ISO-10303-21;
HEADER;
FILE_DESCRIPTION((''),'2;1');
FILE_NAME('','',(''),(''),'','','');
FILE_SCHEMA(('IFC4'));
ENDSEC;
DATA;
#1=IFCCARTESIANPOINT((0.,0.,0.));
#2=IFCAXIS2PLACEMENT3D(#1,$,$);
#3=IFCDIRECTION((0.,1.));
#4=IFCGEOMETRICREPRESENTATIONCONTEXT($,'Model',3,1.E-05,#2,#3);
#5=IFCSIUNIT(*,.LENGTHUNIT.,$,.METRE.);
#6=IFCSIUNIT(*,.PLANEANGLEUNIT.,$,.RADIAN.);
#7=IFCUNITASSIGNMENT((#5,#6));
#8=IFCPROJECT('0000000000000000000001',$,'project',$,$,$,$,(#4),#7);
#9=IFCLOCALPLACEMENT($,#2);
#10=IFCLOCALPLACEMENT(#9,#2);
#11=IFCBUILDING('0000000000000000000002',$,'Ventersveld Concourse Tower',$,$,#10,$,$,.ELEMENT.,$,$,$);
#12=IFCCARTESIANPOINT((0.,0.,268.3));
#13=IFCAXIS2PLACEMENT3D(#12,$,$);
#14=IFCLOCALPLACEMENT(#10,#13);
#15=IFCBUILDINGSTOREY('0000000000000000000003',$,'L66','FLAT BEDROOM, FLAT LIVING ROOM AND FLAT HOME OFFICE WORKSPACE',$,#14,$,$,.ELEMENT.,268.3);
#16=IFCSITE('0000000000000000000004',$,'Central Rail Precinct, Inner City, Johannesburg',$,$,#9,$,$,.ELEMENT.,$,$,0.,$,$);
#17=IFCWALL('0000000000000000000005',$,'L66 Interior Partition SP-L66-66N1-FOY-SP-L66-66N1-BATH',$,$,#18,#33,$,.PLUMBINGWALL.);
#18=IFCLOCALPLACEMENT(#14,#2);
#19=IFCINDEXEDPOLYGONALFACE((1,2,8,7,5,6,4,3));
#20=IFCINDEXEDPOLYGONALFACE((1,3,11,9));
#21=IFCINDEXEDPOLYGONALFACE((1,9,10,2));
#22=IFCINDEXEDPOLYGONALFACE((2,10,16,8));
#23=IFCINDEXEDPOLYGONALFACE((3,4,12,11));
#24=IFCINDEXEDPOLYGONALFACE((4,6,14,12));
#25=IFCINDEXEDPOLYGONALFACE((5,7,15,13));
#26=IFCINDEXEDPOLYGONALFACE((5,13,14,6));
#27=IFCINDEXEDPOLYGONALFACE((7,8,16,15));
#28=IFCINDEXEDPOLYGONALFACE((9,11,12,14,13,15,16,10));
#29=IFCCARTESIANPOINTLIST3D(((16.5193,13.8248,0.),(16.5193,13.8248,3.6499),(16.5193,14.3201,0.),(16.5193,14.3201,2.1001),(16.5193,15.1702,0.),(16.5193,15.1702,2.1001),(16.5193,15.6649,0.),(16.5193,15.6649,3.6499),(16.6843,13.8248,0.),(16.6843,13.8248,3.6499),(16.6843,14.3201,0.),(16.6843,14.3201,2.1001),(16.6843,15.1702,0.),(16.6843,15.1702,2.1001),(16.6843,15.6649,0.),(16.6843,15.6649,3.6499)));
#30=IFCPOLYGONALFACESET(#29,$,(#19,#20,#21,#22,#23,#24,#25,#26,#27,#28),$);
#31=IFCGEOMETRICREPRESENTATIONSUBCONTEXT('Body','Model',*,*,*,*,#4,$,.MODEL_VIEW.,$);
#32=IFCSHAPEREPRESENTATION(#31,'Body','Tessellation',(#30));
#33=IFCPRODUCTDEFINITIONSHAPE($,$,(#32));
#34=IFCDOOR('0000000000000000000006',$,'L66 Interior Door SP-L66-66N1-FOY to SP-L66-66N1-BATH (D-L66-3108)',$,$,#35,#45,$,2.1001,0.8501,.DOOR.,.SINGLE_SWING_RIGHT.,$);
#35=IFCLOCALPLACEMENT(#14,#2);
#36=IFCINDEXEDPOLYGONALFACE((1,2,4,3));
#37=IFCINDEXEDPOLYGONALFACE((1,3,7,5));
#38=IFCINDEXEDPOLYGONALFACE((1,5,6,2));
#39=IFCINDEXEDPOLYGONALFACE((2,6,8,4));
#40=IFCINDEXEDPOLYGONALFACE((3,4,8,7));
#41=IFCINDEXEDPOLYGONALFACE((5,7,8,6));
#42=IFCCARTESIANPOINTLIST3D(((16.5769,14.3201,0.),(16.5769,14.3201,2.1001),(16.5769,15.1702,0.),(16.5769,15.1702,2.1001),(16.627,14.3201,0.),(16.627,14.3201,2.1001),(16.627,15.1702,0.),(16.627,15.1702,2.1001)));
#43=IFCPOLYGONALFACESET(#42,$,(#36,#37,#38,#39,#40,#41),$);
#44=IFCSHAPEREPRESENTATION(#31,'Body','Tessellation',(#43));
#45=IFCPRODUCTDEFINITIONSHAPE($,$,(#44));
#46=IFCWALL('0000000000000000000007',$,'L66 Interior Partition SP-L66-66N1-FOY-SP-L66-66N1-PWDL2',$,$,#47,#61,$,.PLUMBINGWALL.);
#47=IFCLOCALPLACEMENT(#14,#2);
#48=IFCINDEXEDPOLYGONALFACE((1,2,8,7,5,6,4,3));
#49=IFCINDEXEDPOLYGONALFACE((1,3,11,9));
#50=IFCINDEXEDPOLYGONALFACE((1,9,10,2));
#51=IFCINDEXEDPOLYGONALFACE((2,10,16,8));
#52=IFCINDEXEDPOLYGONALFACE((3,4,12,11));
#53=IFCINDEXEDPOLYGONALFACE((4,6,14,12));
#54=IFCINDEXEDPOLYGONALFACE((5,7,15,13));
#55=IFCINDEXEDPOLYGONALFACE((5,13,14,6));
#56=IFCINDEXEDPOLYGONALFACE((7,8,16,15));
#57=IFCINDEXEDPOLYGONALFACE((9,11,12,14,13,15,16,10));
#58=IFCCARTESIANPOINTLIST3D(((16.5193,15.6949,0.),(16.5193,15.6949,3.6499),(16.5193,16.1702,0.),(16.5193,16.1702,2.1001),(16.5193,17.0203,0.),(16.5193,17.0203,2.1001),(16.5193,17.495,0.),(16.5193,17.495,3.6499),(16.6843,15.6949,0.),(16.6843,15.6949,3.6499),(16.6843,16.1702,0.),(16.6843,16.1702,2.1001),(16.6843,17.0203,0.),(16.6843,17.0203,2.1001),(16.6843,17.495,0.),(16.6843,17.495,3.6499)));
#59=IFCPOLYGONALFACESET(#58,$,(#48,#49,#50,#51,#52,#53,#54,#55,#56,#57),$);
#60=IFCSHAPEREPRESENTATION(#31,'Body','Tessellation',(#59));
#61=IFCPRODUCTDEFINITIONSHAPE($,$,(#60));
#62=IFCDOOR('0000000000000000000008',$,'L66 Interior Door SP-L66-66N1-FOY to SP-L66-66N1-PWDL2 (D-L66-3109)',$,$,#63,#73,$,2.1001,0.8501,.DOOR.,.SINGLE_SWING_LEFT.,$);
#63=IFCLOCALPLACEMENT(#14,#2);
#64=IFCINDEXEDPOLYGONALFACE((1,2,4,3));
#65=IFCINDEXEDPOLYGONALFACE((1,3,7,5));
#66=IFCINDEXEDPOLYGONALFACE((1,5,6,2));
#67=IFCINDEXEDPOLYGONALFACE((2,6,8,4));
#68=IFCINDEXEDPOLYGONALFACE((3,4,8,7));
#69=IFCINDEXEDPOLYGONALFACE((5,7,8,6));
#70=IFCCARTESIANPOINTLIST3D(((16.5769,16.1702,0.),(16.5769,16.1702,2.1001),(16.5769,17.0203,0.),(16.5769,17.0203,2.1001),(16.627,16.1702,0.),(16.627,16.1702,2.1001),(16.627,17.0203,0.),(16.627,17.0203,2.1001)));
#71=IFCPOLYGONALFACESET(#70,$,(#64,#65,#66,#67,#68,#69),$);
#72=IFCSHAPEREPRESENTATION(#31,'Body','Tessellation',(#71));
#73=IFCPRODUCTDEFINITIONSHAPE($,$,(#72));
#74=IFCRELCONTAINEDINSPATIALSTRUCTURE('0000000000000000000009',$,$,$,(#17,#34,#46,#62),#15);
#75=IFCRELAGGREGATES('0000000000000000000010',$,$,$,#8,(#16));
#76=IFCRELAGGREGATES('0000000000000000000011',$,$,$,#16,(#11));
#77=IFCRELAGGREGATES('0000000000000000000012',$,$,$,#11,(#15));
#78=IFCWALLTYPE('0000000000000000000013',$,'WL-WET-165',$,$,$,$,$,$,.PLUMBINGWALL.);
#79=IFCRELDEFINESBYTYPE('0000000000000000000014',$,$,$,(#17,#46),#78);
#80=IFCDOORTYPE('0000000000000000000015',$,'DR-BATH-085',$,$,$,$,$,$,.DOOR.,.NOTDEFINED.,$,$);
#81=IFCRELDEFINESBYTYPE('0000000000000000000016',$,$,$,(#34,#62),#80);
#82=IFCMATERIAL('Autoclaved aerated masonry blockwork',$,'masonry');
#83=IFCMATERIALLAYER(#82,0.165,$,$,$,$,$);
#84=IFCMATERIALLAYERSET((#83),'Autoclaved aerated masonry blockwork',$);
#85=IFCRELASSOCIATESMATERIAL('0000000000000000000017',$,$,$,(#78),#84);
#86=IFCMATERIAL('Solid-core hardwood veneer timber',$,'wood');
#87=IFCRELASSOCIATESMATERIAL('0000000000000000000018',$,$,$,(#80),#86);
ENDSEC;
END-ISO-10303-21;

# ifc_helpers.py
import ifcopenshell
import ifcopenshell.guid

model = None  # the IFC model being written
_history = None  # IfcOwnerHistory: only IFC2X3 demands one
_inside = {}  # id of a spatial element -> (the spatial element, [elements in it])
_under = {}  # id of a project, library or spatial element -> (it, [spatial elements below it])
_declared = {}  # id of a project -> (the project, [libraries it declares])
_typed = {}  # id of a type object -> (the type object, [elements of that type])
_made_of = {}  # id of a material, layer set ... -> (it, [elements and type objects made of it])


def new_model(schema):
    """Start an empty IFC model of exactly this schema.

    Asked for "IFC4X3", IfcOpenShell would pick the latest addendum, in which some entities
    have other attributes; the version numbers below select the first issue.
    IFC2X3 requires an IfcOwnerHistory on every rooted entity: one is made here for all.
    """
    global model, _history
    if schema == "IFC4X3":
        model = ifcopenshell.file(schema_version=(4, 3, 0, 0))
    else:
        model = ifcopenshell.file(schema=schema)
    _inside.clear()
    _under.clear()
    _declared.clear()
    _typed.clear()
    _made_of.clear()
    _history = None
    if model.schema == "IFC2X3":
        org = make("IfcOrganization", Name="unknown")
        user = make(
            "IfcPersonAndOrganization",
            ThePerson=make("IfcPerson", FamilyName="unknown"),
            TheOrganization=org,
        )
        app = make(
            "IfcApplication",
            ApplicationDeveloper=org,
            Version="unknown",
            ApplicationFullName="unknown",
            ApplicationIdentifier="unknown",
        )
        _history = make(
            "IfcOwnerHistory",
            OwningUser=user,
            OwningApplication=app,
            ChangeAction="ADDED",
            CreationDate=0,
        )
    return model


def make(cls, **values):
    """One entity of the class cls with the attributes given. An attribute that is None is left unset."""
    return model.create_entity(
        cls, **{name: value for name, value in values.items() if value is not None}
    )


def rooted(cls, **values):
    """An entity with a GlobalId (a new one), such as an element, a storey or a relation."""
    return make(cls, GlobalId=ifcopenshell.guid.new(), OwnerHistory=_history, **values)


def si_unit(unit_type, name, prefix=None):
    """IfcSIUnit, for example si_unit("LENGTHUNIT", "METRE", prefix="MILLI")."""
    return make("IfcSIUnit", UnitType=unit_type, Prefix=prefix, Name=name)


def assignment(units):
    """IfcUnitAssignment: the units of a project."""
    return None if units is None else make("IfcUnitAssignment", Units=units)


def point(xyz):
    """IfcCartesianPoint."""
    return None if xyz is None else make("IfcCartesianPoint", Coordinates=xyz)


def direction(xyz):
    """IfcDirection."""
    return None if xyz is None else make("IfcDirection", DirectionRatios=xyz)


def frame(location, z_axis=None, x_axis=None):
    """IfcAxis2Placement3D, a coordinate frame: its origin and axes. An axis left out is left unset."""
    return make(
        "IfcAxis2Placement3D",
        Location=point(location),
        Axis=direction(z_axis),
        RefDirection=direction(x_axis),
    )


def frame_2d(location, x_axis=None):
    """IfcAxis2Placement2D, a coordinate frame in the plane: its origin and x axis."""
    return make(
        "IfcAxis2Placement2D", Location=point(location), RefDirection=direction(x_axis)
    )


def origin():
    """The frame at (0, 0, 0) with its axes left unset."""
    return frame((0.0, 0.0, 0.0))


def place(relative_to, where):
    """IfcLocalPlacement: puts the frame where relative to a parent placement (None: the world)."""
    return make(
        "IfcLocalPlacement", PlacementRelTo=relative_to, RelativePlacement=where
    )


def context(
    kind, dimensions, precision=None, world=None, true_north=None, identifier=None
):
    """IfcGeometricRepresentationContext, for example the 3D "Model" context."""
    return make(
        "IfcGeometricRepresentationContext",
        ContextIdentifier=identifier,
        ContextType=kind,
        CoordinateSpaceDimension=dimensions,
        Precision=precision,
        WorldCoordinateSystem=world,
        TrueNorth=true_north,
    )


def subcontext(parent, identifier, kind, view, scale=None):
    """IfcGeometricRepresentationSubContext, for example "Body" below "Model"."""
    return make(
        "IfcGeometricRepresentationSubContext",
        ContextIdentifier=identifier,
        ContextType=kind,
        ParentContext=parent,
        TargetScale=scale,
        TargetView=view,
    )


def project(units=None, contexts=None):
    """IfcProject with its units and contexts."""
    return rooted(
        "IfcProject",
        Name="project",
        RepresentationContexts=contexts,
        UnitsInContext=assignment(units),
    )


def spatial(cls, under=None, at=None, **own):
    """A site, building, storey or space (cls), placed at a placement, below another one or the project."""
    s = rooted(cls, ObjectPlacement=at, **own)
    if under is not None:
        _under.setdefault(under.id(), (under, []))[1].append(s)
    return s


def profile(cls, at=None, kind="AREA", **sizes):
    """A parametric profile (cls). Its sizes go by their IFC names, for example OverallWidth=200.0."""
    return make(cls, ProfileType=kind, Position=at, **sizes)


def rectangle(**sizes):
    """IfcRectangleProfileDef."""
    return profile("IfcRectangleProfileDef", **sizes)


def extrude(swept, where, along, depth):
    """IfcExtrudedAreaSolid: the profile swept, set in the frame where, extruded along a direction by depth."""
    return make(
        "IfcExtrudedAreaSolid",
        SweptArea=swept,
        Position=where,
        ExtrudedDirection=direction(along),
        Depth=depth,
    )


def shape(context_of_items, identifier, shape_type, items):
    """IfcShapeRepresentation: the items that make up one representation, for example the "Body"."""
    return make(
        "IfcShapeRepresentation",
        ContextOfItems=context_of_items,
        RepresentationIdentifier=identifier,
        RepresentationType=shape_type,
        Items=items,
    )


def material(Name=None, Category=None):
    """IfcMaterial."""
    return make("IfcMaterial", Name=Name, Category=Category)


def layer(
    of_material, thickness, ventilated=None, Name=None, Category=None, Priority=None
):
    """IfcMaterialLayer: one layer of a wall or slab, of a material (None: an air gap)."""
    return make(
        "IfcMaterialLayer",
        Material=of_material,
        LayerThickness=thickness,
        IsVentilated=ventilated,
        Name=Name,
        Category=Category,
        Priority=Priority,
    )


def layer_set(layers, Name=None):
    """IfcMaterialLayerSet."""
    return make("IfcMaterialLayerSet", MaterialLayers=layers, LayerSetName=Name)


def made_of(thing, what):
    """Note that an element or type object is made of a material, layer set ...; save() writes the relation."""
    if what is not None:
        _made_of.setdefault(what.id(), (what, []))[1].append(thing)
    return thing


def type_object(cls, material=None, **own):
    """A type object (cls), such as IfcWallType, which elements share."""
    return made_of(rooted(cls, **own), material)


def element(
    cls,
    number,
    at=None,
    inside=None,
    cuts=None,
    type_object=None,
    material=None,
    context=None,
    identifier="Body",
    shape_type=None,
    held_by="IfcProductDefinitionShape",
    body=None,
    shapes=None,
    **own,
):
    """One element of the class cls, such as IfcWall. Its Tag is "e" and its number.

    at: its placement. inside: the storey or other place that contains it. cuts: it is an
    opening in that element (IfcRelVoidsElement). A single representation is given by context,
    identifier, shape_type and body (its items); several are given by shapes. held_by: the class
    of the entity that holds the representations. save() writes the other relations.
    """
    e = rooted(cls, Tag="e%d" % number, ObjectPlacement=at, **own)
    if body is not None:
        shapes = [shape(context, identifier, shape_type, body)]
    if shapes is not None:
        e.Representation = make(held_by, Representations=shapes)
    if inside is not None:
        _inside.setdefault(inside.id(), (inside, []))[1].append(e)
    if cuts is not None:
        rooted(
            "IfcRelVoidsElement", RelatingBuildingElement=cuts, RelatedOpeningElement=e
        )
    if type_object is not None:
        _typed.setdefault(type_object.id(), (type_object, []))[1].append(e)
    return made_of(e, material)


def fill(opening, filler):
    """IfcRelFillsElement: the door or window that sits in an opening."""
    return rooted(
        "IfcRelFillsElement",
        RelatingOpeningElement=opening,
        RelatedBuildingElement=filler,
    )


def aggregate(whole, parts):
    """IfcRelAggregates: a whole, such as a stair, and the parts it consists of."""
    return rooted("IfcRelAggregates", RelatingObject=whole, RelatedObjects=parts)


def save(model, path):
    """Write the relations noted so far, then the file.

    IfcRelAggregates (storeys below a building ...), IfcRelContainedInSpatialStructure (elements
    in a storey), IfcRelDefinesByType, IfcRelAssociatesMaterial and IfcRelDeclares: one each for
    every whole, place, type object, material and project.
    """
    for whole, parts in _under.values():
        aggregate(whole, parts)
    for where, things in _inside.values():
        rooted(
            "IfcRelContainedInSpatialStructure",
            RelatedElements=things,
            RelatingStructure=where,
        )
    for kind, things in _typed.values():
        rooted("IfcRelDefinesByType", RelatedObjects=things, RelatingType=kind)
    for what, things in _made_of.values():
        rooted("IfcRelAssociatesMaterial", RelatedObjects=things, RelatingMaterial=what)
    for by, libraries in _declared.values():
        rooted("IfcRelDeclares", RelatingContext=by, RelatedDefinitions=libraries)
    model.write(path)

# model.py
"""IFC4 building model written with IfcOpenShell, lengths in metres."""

from ifc_helpers import new_model, si_unit, direction, frame, frame_2d, origin, place, context, subcontext, project, spatial, rectangle, extrude, material, layer, layer_set, type_object, element, fill, save


model = new_model("IFC4")

# Units and contexts
model_context = context("Model", 3, precision=1e-05, world=origin(), true_north=direction((0.0, 1.0)))
body_context = subcontext(model_context, "Body", "Model", "MODEL_VIEW")
ifc_project = project(units=[si_unit("LENGTHUNIT", "METRE"), si_unit("PLANEANGLEUNIT", "RADIAN")], contexts=[model_context])

# Site, building, storey
site_placement = place(None, origin())
site = spatial("IfcSite", under=ifc_project, at=site_placement, Name="Central Rail Precinct, Inner City, Johannesburg", CompositionType="ELEMENT", RefElevation=0.0)
building_placement = place(site_placement, origin())
building = spatial("IfcBuilding", under=site, at=building_placement, Name="Ventersveld Concourse Tower", CompositionType="ELEMENT")
storey_placement = place(building_placement, frame((0.0, 0.0, 268.3)))
storey = spatial("IfcBuildingStorey", under=building, at=storey_placement, Name="L66", Description="FLAT BEDROOM, FLAT LIVING ROOM AND FLAT HOME OFFICE WORKSPACE", CompositionType="ELEMENT", Elevation=268.3)

# Shared definitions
ifc_material_1 = material(Name="Solid-core hardwood veneer timber", Category="wood")

# Shared definitions
ifc_material_2 = material(Name="Autoclaved aerated masonry blockwork", Category="masonry")

# Walls, openings, doors
ifc_layer_1 = layer(ifc_material_2, 0.165)
ifc_layer_set_1 = layer_set([ifc_layer_1], Name="Autoclaved aerated masonry blockwork")
wall_type_1 = type_object("IfcWallType", Name="WL-WET-165", PredefinedType="PLUMBINGWALL", material=ifc_layer_set_1)
wall_1_placement = place(storey_placement, frame((16.6018, 13.825, 0.0), z_axis=(0.0, 0.0, 1.0), x_axis=(0.0, 1.0, 0.0)))
wall_1 = element("IfcWall", 1, at=wall_1_placement, inside=storey, type_object=wall_type_1, Name="L66 Interior Partition SP-L66-66N1-FOY-SP-L66-66N1-BATH", PredefinedType="PLUMBINGWALL", context=body_context, shape_type="SweptSolid", body=[
    extrude(rectangle(XDim=1.8401, YDim=0.165, at=frame_2d((0.9199, 0.0))), origin(), (0.0, 0.0, 1.0), 3.6499),
])
opening_1_placement = place(wall_1_placement, frame((0.4951, 0.0, 0.0)))
opening_1 = element("IfcOpeningElement", 2, at=opening_1_placement, cuts=wall_1, PredefinedType="OPENING", context=body_context, shape_type="SweptSolid", body=[
    extrude(rectangle(XDim=0.8501, YDim=2.1001, at=frame_2d((0.425, 1.05))), frame((0.0, 0.0925, 0.0), z_axis=(0.0, -1.0, 0.0), x_axis=(1.0, 0.0, 0.0)), (0.0, 0.0, 1.0), 0.1851),
])
door_type_1 = type_object("IfcDoorType", Name="DR-BATH-085", OperationType="NOTDEFINED", PredefinedType="DOOR", material=ifc_material_1)
door_1_placement = place(opening_1_placement, origin())
door_1 = element("IfcDoor", 3, at=door_1_placement, inside=storey, type_object=door_type_1, Name="L66 Interior Door SP-L66-66N1-FOY to SP-L66-66N1-BATH (D-L66-3108)", OperationType="SINGLE_SWING_RIGHT", OverallHeight=2.1001, OverallWidth=0.8501, PredefinedType="DOOR", context=body_context, shape_type="SweptSolid", body=[
    extrude(rectangle(XDim=0.8501, YDim=2.1001, at=frame_2d((0.425, 1.05))), frame((0.0, 0.0249, 0.0), z_axis=(0.0, -1.0, 0.0), x_axis=(1.0, 0.0, 0.0)), (0.0, 0.0, 1.0), 0.05),
])
fill(opening_1, door_1)
wall_2_placement = place(storey_placement, frame((16.6018, 15.6951, 0.0), z_axis=(0.0, 0.0, 1.0), x_axis=(0.0, 1.0, 0.0)))
wall_2 = element("IfcWall", 4, at=wall_2_placement, inside=storey, type_object=wall_type_1, Name="L66 Interior Partition SP-L66-66N1-FOY-SP-L66-66N1-PWDL2", PredefinedType="PLUMBINGWALL", context=body_context, shape_type="SweptSolid", body=[
    extrude(rectangle(XDim=1.8, YDim=0.165, at=frame_2d((0.8999, 0.0))), origin(), (0.0, 0.0, 1.0), 3.6499),
])
opening_2_placement = place(wall_2_placement, frame((0.4751, 0.0, 0.0)))
opening_2 = element("IfcOpeningElement", 5, at=opening_2_placement, cuts=wall_2, PredefinedType="OPENING", context=body_context, shape_type="SweptSolid", body=[
    extrude(rectangle(XDim=0.8501, YDim=2.1001, at=frame_2d((0.425, 1.05))), frame((0.0, 0.0925, 0.0), z_axis=(0.0, -1.0, 0.0), x_axis=(1.0, 0.0, 0.0)), (0.0, 0.0, 1.0), 0.1851),
])
door_2_placement = place(opening_2_placement, origin())
door_2 = element("IfcDoor", 6, at=door_2_placement, inside=storey, type_object=door_type_1, Name="L66 Interior Door SP-L66-66N1-FOY to SP-L66-66N1-PWDL2 (D-L66-3109)", OperationType="SINGLE_SWING_LEFT", OverallHeight=2.1001, OverallWidth=0.8501, PredefinedType="DOOR", context=body_context, shape_type="SweptSolid", body=[
    extrude(rectangle(XDim=0.8501, YDim=2.1001, at=frame_2d((0.425, 1.05))), frame((0.0, 0.0249, 0.0), z_axis=(0.0, -1.0, 0.0), x_axis=(1.0, 0.0, 0.0)), (0.0, 0.0, 1.0), 0.05),
])
fill(opening_2, door_2)

save(model, "model.ifc")
